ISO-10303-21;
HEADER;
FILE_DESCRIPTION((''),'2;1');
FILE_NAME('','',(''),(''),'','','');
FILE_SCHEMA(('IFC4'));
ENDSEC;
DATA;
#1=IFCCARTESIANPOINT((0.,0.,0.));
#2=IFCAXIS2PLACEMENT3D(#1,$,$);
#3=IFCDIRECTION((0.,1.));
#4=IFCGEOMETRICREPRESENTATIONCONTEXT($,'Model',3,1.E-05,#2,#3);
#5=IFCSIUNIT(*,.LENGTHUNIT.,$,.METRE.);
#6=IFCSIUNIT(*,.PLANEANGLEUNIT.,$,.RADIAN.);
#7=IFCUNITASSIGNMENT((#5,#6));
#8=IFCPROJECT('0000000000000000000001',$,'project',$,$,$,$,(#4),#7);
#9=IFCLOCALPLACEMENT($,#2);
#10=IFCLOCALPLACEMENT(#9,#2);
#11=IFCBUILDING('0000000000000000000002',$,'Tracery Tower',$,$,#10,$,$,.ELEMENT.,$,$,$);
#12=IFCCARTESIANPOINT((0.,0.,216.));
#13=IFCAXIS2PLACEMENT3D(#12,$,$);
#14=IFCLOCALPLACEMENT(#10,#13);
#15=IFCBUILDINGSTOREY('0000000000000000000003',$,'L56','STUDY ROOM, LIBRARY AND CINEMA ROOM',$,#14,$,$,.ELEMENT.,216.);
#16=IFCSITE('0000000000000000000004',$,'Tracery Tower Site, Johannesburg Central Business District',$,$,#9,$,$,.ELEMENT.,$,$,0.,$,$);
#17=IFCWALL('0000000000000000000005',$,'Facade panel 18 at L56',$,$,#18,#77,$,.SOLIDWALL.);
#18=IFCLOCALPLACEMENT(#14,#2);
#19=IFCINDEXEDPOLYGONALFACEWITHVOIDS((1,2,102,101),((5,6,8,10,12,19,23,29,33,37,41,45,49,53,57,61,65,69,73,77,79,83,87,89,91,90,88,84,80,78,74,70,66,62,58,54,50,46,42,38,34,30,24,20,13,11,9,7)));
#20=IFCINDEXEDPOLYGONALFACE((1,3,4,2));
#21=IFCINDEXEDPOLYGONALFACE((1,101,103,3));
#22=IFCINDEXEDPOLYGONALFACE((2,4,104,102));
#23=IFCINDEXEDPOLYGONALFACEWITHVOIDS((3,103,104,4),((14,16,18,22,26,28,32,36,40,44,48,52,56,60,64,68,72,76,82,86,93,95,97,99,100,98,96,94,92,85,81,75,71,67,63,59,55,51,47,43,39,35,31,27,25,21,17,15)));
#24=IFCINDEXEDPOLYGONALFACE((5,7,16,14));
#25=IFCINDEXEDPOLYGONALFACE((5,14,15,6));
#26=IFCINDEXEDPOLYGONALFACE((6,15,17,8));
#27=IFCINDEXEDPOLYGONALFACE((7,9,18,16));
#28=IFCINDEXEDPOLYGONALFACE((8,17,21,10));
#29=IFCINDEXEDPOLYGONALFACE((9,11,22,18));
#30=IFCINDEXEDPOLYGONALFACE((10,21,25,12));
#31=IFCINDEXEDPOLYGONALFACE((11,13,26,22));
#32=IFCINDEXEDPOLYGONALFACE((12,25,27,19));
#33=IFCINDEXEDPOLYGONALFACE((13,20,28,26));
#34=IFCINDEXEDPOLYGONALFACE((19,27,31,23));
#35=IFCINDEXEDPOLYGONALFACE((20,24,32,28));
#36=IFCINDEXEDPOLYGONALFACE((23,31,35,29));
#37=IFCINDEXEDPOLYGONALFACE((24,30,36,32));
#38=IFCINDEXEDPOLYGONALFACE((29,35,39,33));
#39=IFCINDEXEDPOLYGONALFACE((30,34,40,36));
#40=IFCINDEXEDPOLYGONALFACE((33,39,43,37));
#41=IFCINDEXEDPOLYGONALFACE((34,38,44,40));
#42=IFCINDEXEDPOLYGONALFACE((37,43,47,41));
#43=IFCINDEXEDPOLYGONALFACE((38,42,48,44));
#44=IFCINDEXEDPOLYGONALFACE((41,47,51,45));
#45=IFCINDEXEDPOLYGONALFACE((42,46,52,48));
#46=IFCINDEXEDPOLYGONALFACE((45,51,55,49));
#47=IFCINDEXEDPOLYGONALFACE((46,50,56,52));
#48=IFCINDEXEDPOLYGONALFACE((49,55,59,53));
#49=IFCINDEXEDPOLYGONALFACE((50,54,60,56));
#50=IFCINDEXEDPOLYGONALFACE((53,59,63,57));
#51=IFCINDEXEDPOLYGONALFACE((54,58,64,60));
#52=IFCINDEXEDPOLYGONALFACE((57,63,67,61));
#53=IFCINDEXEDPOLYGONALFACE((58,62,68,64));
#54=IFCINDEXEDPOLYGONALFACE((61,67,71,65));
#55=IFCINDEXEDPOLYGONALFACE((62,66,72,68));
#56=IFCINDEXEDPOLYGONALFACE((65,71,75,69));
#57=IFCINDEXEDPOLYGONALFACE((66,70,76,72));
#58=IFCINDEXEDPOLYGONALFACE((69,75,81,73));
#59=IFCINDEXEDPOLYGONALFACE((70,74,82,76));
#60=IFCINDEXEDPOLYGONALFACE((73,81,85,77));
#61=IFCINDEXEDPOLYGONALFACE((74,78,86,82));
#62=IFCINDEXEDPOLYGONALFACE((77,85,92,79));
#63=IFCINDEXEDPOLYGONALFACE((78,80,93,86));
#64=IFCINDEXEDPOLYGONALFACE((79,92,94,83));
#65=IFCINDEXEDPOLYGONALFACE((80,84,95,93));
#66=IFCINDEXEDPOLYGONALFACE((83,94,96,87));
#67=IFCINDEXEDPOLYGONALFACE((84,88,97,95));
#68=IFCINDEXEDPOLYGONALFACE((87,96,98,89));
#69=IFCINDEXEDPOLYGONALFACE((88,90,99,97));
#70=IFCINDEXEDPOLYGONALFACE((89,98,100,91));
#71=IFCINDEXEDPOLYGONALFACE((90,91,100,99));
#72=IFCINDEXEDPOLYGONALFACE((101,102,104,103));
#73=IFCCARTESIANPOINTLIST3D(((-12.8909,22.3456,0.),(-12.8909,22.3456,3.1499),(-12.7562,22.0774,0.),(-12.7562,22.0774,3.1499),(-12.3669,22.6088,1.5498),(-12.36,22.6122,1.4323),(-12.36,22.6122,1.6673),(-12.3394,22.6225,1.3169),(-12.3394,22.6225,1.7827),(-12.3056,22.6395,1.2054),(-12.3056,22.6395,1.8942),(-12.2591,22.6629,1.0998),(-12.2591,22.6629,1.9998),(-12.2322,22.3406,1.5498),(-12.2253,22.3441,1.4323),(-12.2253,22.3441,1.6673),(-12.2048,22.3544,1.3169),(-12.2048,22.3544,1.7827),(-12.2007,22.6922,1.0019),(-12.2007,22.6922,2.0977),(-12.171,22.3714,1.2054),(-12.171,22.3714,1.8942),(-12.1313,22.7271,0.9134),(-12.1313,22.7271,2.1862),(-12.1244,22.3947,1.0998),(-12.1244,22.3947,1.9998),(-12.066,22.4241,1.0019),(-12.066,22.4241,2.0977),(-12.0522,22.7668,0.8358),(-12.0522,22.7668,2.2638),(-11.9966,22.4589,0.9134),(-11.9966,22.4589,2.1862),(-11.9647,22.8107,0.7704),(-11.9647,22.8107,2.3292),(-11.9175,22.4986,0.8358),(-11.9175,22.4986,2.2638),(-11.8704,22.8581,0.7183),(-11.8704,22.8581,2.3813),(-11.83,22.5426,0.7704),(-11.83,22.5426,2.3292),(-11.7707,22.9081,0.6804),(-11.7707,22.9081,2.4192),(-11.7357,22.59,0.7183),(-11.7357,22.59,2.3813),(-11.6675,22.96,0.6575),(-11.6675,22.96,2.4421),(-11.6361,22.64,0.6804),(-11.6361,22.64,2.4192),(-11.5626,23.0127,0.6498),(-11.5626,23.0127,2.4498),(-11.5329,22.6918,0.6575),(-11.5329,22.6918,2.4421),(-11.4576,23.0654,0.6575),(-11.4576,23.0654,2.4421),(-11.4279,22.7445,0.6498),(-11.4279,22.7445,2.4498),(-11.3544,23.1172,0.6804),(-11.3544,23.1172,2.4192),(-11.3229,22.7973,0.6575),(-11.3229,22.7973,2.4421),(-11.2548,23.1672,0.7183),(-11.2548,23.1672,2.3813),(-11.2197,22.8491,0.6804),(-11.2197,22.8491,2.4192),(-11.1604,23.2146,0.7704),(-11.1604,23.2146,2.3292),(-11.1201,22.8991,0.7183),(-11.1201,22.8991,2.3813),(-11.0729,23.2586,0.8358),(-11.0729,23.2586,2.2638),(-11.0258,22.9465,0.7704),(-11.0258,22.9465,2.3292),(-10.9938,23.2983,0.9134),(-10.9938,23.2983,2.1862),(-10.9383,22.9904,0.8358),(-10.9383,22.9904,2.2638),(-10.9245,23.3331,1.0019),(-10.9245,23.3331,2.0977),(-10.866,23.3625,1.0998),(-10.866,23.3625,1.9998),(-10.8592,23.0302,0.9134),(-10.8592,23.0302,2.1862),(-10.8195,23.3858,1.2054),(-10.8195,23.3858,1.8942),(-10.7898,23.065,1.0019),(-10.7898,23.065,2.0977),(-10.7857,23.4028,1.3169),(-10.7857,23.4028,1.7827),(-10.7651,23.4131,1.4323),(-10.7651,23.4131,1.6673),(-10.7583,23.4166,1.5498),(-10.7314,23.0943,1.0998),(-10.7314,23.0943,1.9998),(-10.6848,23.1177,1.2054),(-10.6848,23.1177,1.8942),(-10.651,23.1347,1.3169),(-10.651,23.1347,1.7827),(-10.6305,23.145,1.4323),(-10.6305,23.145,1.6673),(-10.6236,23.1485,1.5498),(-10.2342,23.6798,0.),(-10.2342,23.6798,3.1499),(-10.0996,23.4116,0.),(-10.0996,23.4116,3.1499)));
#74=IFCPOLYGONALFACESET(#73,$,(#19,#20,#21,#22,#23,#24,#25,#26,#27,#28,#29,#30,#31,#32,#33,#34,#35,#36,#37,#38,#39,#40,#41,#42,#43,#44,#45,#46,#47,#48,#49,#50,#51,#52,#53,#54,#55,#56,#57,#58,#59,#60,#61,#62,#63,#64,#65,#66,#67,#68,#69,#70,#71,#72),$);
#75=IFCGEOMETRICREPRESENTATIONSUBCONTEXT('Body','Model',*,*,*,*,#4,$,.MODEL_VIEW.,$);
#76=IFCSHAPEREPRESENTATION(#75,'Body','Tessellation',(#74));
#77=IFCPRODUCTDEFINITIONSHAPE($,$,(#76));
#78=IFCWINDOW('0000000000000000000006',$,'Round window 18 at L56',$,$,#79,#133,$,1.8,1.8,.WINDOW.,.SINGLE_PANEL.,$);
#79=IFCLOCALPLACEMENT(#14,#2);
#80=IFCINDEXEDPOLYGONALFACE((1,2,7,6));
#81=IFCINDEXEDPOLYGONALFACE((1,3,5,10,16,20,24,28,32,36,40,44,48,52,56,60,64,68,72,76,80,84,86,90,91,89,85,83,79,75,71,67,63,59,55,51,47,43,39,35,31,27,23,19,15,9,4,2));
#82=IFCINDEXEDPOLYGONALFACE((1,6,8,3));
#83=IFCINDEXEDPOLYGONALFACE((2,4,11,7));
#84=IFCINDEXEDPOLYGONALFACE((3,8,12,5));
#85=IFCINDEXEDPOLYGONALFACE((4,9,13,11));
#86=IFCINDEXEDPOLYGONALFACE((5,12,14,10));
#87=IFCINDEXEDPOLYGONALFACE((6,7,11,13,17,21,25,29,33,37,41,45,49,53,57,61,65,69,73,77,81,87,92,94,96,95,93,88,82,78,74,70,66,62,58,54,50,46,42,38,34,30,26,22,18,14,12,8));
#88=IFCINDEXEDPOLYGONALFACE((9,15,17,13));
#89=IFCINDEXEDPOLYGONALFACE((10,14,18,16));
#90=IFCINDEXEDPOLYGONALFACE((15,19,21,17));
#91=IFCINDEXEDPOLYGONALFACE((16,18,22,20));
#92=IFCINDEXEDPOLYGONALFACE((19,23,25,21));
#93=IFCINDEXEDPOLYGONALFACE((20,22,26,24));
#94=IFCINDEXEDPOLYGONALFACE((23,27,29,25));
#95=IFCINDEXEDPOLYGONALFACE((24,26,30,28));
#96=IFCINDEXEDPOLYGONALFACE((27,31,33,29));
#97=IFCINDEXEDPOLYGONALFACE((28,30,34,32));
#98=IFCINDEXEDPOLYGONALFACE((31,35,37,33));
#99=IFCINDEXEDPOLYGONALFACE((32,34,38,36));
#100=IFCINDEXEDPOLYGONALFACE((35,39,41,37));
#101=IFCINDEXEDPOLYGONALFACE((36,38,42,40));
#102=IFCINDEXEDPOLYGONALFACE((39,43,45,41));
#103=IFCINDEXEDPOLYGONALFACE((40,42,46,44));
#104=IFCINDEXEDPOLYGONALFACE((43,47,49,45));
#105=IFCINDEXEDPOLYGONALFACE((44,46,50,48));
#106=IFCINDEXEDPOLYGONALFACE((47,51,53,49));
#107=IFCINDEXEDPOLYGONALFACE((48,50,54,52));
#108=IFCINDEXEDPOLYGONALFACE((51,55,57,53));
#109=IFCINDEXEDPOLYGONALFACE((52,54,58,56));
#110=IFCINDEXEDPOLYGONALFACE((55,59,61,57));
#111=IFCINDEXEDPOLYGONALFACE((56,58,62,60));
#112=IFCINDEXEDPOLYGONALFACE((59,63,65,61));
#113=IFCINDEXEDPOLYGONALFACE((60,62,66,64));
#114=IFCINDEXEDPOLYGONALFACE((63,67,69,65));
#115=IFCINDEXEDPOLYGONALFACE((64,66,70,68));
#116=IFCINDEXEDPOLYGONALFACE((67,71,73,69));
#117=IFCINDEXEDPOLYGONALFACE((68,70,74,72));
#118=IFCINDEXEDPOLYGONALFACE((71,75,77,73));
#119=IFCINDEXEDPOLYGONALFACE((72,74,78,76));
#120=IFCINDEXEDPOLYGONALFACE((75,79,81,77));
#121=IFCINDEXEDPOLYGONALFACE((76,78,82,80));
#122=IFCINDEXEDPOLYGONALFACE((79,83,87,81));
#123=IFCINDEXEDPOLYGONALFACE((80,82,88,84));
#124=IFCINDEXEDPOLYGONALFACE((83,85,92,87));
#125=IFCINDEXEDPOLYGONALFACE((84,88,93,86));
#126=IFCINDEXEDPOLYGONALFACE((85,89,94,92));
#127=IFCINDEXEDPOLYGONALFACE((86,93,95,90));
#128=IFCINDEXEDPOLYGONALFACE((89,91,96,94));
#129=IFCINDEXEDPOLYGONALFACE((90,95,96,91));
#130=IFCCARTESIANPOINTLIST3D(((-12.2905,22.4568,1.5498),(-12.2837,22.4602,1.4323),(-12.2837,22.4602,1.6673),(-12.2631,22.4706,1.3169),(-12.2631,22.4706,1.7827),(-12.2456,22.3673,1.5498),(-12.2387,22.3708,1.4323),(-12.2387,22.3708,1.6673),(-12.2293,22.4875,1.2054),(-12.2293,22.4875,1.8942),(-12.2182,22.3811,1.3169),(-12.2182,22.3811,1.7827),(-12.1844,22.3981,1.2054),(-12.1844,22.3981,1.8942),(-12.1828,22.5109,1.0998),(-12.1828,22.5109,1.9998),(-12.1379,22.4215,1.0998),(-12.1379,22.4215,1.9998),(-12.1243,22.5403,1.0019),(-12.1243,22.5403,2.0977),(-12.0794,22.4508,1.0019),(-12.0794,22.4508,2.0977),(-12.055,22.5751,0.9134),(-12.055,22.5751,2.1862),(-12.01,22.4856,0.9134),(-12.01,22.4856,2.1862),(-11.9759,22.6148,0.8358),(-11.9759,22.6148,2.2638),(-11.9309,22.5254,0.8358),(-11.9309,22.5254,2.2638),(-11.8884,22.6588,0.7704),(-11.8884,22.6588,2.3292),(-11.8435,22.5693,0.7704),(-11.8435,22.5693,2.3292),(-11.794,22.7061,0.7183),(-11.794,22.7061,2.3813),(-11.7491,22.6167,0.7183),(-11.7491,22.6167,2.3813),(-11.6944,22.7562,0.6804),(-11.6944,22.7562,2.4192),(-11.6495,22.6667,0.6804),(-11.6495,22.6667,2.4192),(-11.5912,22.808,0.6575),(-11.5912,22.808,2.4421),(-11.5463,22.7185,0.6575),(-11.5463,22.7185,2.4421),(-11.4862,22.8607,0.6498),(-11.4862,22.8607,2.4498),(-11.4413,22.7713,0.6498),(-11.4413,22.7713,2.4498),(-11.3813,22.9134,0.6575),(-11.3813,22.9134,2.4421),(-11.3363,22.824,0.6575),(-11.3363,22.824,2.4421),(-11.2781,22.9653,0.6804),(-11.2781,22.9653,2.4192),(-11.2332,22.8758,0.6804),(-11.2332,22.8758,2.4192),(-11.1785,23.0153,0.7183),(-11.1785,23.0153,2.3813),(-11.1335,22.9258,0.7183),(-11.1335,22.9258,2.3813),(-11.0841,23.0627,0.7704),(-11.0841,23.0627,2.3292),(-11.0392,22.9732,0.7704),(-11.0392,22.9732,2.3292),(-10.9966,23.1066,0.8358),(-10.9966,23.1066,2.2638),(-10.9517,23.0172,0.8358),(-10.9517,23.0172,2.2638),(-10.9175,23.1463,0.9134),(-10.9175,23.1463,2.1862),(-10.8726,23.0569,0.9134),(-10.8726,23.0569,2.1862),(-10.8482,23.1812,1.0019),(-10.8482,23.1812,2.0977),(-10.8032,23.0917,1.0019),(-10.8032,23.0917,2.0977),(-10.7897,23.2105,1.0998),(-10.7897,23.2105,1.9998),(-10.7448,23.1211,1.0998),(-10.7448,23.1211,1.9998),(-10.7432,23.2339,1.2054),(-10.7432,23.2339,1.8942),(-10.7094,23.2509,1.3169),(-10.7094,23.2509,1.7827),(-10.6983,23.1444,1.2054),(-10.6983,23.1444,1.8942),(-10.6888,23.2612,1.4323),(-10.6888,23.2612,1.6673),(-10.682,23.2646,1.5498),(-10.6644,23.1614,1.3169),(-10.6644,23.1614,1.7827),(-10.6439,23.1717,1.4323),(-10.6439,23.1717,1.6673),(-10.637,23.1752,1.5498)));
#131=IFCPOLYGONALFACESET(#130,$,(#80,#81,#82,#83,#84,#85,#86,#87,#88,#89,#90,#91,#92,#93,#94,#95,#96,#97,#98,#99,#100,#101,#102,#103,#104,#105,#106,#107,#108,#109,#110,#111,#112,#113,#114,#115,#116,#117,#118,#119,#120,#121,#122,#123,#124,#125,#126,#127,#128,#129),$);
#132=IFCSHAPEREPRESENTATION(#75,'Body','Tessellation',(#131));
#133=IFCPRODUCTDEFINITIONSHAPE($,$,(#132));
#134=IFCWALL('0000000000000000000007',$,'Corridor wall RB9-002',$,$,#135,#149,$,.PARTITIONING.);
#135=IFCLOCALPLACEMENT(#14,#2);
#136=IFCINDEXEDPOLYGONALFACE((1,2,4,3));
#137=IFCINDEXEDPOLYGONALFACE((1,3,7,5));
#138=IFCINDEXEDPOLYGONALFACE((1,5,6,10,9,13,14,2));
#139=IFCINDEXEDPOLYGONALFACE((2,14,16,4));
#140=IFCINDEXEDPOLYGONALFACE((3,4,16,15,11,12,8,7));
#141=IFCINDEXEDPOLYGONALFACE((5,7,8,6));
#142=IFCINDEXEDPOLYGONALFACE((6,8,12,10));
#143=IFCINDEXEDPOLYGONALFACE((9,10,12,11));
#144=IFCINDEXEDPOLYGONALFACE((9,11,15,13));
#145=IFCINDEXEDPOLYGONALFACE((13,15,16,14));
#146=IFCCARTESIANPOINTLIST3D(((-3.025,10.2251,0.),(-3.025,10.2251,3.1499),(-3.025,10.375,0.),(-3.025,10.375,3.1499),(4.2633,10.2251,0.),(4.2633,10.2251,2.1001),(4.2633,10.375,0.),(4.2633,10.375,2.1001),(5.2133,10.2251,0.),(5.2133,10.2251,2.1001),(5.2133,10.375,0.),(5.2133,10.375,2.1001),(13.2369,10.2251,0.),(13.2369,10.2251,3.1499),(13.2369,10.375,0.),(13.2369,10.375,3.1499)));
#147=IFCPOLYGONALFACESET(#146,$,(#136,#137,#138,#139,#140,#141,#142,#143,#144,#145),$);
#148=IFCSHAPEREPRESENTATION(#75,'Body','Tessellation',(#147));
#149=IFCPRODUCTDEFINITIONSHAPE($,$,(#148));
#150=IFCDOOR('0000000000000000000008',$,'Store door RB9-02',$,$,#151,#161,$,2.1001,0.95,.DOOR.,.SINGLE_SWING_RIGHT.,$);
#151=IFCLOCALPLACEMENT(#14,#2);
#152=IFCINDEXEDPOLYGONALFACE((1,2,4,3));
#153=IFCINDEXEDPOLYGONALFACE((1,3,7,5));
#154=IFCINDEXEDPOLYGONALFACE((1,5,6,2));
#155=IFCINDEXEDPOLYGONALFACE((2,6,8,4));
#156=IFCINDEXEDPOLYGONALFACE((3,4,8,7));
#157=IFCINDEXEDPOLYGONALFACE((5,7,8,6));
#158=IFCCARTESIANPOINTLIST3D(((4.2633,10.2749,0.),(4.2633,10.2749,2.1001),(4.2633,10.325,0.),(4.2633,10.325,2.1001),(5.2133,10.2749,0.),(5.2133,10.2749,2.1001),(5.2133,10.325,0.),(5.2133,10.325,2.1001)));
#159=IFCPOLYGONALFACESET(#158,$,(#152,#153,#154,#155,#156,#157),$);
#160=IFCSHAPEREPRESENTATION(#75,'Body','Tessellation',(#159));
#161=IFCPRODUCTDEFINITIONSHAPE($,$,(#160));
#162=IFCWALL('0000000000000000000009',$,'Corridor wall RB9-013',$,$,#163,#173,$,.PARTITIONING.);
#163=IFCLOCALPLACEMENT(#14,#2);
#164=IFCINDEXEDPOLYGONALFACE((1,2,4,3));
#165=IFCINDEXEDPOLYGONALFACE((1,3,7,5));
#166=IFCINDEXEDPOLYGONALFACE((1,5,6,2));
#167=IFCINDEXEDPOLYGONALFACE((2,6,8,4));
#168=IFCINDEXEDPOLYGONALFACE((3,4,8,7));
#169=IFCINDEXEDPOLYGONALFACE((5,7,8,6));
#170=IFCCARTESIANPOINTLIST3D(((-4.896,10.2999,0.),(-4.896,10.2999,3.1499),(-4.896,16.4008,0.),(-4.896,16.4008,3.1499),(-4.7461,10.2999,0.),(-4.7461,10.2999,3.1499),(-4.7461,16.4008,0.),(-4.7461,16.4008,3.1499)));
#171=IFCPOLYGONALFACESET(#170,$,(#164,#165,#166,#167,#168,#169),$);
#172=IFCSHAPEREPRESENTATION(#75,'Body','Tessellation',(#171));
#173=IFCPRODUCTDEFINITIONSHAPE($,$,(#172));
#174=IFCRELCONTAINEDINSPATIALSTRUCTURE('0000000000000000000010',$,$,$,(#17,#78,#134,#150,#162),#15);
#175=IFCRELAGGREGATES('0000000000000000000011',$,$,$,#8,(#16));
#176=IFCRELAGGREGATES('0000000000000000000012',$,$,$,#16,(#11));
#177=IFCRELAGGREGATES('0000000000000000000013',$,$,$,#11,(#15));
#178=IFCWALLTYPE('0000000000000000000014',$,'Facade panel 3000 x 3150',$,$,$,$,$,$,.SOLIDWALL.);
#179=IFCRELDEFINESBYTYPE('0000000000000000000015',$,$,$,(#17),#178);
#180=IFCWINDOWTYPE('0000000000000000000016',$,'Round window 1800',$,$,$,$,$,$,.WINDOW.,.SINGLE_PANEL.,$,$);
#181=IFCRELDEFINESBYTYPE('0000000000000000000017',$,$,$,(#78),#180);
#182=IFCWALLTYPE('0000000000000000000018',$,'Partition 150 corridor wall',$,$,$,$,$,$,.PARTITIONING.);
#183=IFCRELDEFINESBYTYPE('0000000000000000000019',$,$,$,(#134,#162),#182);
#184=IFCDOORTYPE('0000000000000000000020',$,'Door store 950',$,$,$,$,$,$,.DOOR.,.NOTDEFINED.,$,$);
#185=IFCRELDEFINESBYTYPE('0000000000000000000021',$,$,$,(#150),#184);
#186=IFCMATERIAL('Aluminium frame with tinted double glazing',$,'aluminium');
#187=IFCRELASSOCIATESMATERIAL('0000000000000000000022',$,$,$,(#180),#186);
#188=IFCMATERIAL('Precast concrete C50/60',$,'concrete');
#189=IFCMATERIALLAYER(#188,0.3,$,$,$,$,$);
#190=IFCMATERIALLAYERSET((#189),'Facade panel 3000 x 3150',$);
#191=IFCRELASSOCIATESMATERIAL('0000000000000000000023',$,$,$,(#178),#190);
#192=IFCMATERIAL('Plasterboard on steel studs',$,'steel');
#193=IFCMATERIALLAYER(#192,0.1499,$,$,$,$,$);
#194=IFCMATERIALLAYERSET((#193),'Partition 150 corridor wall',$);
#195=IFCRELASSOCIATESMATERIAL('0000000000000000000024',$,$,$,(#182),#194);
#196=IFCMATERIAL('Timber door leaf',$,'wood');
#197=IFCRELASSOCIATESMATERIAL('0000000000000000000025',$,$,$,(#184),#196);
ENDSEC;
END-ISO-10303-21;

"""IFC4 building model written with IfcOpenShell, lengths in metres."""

from ifc_helpers import new_model, si_unit, direction, frame, frame_2d, origin, origin_2d, place, context, subcontext, project, spatial, rectangle, circle, extrude, material, layer, layer_set, type_object, element, fill, save


model = new_model("IFC4")

# Units and contexts
model_context = context("Model", 3, precision=1e-05, world=origin(), true_north=direction((0.0, 1.0)))
body_context = subcontext(model_context, "Body", "Model", "MODEL_VIEW")
ifc_project = project(units=[si_unit("LENGTHUNIT", "METRE"), si_unit("PLANEANGLEUNIT", "RADIAN")], contexts=[model_context])

# Site, building, storey
site_placement = place(None, origin())
site = spatial("IfcSite", under=ifc_project, at=site_placement, Name="Tracery Tower Site, Johannesburg Central Business District", CompositionType="ELEMENT", RefElevation=0.0)
building_placement = place(site_placement, origin())
building = spatial("IfcBuilding", under=site, at=building_placement, Name="Tracery Tower", CompositionType="ELEMENT")
storey_placement = place(building_placement, frame((0.0, 0.0, 216.0)))
storey = spatial("IfcBuildingStorey", under=building, at=storey_placement, Name="L56", Description="STUDY ROOM, LIBRARY AND CINEMA ROOM", CompositionType="ELEMENT", Elevation=216.0)

# Wall, opening, window
ifc_material_1 = material(Name="Aluminium frame with tinted double glazing", Category="aluminium")
window_type = type_object("IfcWindowType", Name="Round window 1800", PartitioningType="SINGLE_PANEL", PredefinedType="WINDOW", material=ifc_material_1)
ifc_material_2 = material(Name="Precast concrete C50/60", Category="concrete")
ifc_layer_1 = layer(ifc_material_2, 0.3)
ifc_layer_set_1 = layer_set([ifc_layer_1], Name="Facade panel 3000 x 3150")
wall_type_1 = type_object("IfcWallType", Name="Facade panel 3000 x 3150", PredefinedType="SOLIDWALL", material=ifc_layer_set_1)
wall_1_placement = place(storey_placement, frame((-10.167, 23.5457, 0.0), z_axis=(0.0, 0.0, 1.0), x_axis=(-0.893637, -0.44879, 0.0)))
wall_1 = element("IfcWall", 1, at=wall_1_placement, inside=storey, type_object=wall_type_1, Name="Facade panel 18 at L56", PredefinedType="SOLIDWALL", context=body_context, shape_type="SweptSolid", body=[
    extrude(rectangle(XDim=2.9729, YDim=0.3, at=frame_2d((1.4863, 0.0))), origin(), (0.0, 0.0, 1.0), 3.1499),
])
opening_1_placement = place(wall_1_placement, frame((1.4863, 0.0, 1.5498)))
opening_1 = element("IfcOpeningElement", 2, at=opening_1_placement, cuts=wall_1, PredefinedType="OPENING", context=body_context, shape_type="SweptSolid", body=[
    extrude(circle(Radius=0.9, at=origin_2d()), frame((0.0, 0.1599, 0.0), z_axis=(0.0, -1.0, 0.0), x_axis=(1.0, 0.0, 0.0)), (0.0, 0.0, 1.0), 0.3201),
])
window_1_placement = place(opening_1_placement, origin())
window_1 = element("IfcWindow", 3, at=window_1_placement, inside=storey, type_object=window_type, Name="Round window 18 at L56", OverallHeight=1.8, OverallWidth=1.8, PartitioningType="SINGLE_PANEL", PredefinedType="WINDOW", context=body_context, shape_type="SweptSolid", body=[
    extrude(circle(Radius=0.9, at=origin_2d()), frame((0.0, 0.1201, 0.0), z_axis=(0.0, -1.0, 0.0), x_axis=(1.0, 0.0, 0.0)), (0.0, 0.0, 1.0), 0.1001),
])
fill(opening_1, window_1)

# Wall, opening, door
ifc_material_3 = material(Name="Plasterboard on steel studs", Category="steel")
ifc_layer_2 = layer(ifc_material_3, 0.1499)
ifc_layer_set_2 = layer_set([ifc_layer_2], Name="Partition 150 corridor wall")
wall_type_2 = type_object("IfcWallType", Name="Partition 150 corridor wall", PredefinedType="PARTITIONING", material=ifc_layer_set_2)
wall_2_placement = place(storey_placement, frame((-3.0249, 10.3, 0.0), z_axis=(0.0, 0.0, 1.0), x_axis=(1.0, 0.0, 0.0)))
wall_2 = element("IfcWall", 4, at=wall_2_placement, inside=storey, type_object=wall_type_2, Name="Corridor wall RB9-002", PredefinedType="PARTITIONING", context=body_context, shape_type="SweptSolid", body=[
    extrude(rectangle(XDim=16.262, YDim=0.1499, at=frame_2d((8.1309, 0.0))), origin(), (0.0, 0.0, 1.0), 3.1499),
])
opening_2_placement = place(wall_2_placement, frame((7.2881, 0.0, 0.0)))
opening_2 = element("IfcOpeningElement", 5, at=opening_2_placement, cuts=wall_2, PredefinedType="OPENING", context=body_context, shape_type="SweptSolid", body=[
    extrude(rectangle(XDim=0.95, YDim=2.1001, at=frame_2d((0.4751, 1.05))), frame((0.0, 0.075, 0.0), z_axis=(0.0, -1.0, 0.0), x_axis=(1.0, 0.0, 0.0)), (0.0, 0.0, 1.0), 0.1499),
])
ifc_material_4 = material(Name="Timber door leaf", Category="wood")
door_type_1 = type_object("IfcDoorType", Name="Door store 950", OperationType="NOTDEFINED", PredefinedType="DOOR", material=ifc_material_4)
door_1_placement = place(opening_2_placement, origin())
door_1 = element("IfcDoor", 6, at=door_1_placement, inside=storey, type_object=door_type_1, Name="Store door RB9-02", OperationType="SINGLE_SWING_RIGHT", OverallHeight=2.1001, OverallWidth=0.95, PredefinedType="DOOR", context=body_context, shape_type="SweptSolid", body=[
    extrude(rectangle(XDim=0.95, YDim=2.1001, at=frame_2d((0.4751, 1.05))), frame((0.0, 0.0249, 0.0), z_axis=(0.0, -1.0, 0.0), x_axis=(1.0, 0.0, 0.0)), (0.0, 0.0, 1.0), 0.05),
])
fill(opening_2, door_1)

# Wall
wall_3_placement = place(storey_placement, frame((-4.821, 10.3, 0.0), z_axis=(0.0, 0.0, 1.0), x_axis=(0.0, 1.0, 0.0)))
element("IfcWall", 7, at=wall_3_placement, inside=storey, type_object=wall_type_2, Name="Corridor wall RB9-013", PredefinedType="PARTITIONING", context=body_context, shape_type="SweptSolid", body=[
    extrude(rectangle(XDim=6.1008, YDim=0.1499, at=frame_2d((3.0503, 0.0))), origin(), (0.0, 0.0, 1.0), 3.1499),
])

save(model, "model.ifc")
